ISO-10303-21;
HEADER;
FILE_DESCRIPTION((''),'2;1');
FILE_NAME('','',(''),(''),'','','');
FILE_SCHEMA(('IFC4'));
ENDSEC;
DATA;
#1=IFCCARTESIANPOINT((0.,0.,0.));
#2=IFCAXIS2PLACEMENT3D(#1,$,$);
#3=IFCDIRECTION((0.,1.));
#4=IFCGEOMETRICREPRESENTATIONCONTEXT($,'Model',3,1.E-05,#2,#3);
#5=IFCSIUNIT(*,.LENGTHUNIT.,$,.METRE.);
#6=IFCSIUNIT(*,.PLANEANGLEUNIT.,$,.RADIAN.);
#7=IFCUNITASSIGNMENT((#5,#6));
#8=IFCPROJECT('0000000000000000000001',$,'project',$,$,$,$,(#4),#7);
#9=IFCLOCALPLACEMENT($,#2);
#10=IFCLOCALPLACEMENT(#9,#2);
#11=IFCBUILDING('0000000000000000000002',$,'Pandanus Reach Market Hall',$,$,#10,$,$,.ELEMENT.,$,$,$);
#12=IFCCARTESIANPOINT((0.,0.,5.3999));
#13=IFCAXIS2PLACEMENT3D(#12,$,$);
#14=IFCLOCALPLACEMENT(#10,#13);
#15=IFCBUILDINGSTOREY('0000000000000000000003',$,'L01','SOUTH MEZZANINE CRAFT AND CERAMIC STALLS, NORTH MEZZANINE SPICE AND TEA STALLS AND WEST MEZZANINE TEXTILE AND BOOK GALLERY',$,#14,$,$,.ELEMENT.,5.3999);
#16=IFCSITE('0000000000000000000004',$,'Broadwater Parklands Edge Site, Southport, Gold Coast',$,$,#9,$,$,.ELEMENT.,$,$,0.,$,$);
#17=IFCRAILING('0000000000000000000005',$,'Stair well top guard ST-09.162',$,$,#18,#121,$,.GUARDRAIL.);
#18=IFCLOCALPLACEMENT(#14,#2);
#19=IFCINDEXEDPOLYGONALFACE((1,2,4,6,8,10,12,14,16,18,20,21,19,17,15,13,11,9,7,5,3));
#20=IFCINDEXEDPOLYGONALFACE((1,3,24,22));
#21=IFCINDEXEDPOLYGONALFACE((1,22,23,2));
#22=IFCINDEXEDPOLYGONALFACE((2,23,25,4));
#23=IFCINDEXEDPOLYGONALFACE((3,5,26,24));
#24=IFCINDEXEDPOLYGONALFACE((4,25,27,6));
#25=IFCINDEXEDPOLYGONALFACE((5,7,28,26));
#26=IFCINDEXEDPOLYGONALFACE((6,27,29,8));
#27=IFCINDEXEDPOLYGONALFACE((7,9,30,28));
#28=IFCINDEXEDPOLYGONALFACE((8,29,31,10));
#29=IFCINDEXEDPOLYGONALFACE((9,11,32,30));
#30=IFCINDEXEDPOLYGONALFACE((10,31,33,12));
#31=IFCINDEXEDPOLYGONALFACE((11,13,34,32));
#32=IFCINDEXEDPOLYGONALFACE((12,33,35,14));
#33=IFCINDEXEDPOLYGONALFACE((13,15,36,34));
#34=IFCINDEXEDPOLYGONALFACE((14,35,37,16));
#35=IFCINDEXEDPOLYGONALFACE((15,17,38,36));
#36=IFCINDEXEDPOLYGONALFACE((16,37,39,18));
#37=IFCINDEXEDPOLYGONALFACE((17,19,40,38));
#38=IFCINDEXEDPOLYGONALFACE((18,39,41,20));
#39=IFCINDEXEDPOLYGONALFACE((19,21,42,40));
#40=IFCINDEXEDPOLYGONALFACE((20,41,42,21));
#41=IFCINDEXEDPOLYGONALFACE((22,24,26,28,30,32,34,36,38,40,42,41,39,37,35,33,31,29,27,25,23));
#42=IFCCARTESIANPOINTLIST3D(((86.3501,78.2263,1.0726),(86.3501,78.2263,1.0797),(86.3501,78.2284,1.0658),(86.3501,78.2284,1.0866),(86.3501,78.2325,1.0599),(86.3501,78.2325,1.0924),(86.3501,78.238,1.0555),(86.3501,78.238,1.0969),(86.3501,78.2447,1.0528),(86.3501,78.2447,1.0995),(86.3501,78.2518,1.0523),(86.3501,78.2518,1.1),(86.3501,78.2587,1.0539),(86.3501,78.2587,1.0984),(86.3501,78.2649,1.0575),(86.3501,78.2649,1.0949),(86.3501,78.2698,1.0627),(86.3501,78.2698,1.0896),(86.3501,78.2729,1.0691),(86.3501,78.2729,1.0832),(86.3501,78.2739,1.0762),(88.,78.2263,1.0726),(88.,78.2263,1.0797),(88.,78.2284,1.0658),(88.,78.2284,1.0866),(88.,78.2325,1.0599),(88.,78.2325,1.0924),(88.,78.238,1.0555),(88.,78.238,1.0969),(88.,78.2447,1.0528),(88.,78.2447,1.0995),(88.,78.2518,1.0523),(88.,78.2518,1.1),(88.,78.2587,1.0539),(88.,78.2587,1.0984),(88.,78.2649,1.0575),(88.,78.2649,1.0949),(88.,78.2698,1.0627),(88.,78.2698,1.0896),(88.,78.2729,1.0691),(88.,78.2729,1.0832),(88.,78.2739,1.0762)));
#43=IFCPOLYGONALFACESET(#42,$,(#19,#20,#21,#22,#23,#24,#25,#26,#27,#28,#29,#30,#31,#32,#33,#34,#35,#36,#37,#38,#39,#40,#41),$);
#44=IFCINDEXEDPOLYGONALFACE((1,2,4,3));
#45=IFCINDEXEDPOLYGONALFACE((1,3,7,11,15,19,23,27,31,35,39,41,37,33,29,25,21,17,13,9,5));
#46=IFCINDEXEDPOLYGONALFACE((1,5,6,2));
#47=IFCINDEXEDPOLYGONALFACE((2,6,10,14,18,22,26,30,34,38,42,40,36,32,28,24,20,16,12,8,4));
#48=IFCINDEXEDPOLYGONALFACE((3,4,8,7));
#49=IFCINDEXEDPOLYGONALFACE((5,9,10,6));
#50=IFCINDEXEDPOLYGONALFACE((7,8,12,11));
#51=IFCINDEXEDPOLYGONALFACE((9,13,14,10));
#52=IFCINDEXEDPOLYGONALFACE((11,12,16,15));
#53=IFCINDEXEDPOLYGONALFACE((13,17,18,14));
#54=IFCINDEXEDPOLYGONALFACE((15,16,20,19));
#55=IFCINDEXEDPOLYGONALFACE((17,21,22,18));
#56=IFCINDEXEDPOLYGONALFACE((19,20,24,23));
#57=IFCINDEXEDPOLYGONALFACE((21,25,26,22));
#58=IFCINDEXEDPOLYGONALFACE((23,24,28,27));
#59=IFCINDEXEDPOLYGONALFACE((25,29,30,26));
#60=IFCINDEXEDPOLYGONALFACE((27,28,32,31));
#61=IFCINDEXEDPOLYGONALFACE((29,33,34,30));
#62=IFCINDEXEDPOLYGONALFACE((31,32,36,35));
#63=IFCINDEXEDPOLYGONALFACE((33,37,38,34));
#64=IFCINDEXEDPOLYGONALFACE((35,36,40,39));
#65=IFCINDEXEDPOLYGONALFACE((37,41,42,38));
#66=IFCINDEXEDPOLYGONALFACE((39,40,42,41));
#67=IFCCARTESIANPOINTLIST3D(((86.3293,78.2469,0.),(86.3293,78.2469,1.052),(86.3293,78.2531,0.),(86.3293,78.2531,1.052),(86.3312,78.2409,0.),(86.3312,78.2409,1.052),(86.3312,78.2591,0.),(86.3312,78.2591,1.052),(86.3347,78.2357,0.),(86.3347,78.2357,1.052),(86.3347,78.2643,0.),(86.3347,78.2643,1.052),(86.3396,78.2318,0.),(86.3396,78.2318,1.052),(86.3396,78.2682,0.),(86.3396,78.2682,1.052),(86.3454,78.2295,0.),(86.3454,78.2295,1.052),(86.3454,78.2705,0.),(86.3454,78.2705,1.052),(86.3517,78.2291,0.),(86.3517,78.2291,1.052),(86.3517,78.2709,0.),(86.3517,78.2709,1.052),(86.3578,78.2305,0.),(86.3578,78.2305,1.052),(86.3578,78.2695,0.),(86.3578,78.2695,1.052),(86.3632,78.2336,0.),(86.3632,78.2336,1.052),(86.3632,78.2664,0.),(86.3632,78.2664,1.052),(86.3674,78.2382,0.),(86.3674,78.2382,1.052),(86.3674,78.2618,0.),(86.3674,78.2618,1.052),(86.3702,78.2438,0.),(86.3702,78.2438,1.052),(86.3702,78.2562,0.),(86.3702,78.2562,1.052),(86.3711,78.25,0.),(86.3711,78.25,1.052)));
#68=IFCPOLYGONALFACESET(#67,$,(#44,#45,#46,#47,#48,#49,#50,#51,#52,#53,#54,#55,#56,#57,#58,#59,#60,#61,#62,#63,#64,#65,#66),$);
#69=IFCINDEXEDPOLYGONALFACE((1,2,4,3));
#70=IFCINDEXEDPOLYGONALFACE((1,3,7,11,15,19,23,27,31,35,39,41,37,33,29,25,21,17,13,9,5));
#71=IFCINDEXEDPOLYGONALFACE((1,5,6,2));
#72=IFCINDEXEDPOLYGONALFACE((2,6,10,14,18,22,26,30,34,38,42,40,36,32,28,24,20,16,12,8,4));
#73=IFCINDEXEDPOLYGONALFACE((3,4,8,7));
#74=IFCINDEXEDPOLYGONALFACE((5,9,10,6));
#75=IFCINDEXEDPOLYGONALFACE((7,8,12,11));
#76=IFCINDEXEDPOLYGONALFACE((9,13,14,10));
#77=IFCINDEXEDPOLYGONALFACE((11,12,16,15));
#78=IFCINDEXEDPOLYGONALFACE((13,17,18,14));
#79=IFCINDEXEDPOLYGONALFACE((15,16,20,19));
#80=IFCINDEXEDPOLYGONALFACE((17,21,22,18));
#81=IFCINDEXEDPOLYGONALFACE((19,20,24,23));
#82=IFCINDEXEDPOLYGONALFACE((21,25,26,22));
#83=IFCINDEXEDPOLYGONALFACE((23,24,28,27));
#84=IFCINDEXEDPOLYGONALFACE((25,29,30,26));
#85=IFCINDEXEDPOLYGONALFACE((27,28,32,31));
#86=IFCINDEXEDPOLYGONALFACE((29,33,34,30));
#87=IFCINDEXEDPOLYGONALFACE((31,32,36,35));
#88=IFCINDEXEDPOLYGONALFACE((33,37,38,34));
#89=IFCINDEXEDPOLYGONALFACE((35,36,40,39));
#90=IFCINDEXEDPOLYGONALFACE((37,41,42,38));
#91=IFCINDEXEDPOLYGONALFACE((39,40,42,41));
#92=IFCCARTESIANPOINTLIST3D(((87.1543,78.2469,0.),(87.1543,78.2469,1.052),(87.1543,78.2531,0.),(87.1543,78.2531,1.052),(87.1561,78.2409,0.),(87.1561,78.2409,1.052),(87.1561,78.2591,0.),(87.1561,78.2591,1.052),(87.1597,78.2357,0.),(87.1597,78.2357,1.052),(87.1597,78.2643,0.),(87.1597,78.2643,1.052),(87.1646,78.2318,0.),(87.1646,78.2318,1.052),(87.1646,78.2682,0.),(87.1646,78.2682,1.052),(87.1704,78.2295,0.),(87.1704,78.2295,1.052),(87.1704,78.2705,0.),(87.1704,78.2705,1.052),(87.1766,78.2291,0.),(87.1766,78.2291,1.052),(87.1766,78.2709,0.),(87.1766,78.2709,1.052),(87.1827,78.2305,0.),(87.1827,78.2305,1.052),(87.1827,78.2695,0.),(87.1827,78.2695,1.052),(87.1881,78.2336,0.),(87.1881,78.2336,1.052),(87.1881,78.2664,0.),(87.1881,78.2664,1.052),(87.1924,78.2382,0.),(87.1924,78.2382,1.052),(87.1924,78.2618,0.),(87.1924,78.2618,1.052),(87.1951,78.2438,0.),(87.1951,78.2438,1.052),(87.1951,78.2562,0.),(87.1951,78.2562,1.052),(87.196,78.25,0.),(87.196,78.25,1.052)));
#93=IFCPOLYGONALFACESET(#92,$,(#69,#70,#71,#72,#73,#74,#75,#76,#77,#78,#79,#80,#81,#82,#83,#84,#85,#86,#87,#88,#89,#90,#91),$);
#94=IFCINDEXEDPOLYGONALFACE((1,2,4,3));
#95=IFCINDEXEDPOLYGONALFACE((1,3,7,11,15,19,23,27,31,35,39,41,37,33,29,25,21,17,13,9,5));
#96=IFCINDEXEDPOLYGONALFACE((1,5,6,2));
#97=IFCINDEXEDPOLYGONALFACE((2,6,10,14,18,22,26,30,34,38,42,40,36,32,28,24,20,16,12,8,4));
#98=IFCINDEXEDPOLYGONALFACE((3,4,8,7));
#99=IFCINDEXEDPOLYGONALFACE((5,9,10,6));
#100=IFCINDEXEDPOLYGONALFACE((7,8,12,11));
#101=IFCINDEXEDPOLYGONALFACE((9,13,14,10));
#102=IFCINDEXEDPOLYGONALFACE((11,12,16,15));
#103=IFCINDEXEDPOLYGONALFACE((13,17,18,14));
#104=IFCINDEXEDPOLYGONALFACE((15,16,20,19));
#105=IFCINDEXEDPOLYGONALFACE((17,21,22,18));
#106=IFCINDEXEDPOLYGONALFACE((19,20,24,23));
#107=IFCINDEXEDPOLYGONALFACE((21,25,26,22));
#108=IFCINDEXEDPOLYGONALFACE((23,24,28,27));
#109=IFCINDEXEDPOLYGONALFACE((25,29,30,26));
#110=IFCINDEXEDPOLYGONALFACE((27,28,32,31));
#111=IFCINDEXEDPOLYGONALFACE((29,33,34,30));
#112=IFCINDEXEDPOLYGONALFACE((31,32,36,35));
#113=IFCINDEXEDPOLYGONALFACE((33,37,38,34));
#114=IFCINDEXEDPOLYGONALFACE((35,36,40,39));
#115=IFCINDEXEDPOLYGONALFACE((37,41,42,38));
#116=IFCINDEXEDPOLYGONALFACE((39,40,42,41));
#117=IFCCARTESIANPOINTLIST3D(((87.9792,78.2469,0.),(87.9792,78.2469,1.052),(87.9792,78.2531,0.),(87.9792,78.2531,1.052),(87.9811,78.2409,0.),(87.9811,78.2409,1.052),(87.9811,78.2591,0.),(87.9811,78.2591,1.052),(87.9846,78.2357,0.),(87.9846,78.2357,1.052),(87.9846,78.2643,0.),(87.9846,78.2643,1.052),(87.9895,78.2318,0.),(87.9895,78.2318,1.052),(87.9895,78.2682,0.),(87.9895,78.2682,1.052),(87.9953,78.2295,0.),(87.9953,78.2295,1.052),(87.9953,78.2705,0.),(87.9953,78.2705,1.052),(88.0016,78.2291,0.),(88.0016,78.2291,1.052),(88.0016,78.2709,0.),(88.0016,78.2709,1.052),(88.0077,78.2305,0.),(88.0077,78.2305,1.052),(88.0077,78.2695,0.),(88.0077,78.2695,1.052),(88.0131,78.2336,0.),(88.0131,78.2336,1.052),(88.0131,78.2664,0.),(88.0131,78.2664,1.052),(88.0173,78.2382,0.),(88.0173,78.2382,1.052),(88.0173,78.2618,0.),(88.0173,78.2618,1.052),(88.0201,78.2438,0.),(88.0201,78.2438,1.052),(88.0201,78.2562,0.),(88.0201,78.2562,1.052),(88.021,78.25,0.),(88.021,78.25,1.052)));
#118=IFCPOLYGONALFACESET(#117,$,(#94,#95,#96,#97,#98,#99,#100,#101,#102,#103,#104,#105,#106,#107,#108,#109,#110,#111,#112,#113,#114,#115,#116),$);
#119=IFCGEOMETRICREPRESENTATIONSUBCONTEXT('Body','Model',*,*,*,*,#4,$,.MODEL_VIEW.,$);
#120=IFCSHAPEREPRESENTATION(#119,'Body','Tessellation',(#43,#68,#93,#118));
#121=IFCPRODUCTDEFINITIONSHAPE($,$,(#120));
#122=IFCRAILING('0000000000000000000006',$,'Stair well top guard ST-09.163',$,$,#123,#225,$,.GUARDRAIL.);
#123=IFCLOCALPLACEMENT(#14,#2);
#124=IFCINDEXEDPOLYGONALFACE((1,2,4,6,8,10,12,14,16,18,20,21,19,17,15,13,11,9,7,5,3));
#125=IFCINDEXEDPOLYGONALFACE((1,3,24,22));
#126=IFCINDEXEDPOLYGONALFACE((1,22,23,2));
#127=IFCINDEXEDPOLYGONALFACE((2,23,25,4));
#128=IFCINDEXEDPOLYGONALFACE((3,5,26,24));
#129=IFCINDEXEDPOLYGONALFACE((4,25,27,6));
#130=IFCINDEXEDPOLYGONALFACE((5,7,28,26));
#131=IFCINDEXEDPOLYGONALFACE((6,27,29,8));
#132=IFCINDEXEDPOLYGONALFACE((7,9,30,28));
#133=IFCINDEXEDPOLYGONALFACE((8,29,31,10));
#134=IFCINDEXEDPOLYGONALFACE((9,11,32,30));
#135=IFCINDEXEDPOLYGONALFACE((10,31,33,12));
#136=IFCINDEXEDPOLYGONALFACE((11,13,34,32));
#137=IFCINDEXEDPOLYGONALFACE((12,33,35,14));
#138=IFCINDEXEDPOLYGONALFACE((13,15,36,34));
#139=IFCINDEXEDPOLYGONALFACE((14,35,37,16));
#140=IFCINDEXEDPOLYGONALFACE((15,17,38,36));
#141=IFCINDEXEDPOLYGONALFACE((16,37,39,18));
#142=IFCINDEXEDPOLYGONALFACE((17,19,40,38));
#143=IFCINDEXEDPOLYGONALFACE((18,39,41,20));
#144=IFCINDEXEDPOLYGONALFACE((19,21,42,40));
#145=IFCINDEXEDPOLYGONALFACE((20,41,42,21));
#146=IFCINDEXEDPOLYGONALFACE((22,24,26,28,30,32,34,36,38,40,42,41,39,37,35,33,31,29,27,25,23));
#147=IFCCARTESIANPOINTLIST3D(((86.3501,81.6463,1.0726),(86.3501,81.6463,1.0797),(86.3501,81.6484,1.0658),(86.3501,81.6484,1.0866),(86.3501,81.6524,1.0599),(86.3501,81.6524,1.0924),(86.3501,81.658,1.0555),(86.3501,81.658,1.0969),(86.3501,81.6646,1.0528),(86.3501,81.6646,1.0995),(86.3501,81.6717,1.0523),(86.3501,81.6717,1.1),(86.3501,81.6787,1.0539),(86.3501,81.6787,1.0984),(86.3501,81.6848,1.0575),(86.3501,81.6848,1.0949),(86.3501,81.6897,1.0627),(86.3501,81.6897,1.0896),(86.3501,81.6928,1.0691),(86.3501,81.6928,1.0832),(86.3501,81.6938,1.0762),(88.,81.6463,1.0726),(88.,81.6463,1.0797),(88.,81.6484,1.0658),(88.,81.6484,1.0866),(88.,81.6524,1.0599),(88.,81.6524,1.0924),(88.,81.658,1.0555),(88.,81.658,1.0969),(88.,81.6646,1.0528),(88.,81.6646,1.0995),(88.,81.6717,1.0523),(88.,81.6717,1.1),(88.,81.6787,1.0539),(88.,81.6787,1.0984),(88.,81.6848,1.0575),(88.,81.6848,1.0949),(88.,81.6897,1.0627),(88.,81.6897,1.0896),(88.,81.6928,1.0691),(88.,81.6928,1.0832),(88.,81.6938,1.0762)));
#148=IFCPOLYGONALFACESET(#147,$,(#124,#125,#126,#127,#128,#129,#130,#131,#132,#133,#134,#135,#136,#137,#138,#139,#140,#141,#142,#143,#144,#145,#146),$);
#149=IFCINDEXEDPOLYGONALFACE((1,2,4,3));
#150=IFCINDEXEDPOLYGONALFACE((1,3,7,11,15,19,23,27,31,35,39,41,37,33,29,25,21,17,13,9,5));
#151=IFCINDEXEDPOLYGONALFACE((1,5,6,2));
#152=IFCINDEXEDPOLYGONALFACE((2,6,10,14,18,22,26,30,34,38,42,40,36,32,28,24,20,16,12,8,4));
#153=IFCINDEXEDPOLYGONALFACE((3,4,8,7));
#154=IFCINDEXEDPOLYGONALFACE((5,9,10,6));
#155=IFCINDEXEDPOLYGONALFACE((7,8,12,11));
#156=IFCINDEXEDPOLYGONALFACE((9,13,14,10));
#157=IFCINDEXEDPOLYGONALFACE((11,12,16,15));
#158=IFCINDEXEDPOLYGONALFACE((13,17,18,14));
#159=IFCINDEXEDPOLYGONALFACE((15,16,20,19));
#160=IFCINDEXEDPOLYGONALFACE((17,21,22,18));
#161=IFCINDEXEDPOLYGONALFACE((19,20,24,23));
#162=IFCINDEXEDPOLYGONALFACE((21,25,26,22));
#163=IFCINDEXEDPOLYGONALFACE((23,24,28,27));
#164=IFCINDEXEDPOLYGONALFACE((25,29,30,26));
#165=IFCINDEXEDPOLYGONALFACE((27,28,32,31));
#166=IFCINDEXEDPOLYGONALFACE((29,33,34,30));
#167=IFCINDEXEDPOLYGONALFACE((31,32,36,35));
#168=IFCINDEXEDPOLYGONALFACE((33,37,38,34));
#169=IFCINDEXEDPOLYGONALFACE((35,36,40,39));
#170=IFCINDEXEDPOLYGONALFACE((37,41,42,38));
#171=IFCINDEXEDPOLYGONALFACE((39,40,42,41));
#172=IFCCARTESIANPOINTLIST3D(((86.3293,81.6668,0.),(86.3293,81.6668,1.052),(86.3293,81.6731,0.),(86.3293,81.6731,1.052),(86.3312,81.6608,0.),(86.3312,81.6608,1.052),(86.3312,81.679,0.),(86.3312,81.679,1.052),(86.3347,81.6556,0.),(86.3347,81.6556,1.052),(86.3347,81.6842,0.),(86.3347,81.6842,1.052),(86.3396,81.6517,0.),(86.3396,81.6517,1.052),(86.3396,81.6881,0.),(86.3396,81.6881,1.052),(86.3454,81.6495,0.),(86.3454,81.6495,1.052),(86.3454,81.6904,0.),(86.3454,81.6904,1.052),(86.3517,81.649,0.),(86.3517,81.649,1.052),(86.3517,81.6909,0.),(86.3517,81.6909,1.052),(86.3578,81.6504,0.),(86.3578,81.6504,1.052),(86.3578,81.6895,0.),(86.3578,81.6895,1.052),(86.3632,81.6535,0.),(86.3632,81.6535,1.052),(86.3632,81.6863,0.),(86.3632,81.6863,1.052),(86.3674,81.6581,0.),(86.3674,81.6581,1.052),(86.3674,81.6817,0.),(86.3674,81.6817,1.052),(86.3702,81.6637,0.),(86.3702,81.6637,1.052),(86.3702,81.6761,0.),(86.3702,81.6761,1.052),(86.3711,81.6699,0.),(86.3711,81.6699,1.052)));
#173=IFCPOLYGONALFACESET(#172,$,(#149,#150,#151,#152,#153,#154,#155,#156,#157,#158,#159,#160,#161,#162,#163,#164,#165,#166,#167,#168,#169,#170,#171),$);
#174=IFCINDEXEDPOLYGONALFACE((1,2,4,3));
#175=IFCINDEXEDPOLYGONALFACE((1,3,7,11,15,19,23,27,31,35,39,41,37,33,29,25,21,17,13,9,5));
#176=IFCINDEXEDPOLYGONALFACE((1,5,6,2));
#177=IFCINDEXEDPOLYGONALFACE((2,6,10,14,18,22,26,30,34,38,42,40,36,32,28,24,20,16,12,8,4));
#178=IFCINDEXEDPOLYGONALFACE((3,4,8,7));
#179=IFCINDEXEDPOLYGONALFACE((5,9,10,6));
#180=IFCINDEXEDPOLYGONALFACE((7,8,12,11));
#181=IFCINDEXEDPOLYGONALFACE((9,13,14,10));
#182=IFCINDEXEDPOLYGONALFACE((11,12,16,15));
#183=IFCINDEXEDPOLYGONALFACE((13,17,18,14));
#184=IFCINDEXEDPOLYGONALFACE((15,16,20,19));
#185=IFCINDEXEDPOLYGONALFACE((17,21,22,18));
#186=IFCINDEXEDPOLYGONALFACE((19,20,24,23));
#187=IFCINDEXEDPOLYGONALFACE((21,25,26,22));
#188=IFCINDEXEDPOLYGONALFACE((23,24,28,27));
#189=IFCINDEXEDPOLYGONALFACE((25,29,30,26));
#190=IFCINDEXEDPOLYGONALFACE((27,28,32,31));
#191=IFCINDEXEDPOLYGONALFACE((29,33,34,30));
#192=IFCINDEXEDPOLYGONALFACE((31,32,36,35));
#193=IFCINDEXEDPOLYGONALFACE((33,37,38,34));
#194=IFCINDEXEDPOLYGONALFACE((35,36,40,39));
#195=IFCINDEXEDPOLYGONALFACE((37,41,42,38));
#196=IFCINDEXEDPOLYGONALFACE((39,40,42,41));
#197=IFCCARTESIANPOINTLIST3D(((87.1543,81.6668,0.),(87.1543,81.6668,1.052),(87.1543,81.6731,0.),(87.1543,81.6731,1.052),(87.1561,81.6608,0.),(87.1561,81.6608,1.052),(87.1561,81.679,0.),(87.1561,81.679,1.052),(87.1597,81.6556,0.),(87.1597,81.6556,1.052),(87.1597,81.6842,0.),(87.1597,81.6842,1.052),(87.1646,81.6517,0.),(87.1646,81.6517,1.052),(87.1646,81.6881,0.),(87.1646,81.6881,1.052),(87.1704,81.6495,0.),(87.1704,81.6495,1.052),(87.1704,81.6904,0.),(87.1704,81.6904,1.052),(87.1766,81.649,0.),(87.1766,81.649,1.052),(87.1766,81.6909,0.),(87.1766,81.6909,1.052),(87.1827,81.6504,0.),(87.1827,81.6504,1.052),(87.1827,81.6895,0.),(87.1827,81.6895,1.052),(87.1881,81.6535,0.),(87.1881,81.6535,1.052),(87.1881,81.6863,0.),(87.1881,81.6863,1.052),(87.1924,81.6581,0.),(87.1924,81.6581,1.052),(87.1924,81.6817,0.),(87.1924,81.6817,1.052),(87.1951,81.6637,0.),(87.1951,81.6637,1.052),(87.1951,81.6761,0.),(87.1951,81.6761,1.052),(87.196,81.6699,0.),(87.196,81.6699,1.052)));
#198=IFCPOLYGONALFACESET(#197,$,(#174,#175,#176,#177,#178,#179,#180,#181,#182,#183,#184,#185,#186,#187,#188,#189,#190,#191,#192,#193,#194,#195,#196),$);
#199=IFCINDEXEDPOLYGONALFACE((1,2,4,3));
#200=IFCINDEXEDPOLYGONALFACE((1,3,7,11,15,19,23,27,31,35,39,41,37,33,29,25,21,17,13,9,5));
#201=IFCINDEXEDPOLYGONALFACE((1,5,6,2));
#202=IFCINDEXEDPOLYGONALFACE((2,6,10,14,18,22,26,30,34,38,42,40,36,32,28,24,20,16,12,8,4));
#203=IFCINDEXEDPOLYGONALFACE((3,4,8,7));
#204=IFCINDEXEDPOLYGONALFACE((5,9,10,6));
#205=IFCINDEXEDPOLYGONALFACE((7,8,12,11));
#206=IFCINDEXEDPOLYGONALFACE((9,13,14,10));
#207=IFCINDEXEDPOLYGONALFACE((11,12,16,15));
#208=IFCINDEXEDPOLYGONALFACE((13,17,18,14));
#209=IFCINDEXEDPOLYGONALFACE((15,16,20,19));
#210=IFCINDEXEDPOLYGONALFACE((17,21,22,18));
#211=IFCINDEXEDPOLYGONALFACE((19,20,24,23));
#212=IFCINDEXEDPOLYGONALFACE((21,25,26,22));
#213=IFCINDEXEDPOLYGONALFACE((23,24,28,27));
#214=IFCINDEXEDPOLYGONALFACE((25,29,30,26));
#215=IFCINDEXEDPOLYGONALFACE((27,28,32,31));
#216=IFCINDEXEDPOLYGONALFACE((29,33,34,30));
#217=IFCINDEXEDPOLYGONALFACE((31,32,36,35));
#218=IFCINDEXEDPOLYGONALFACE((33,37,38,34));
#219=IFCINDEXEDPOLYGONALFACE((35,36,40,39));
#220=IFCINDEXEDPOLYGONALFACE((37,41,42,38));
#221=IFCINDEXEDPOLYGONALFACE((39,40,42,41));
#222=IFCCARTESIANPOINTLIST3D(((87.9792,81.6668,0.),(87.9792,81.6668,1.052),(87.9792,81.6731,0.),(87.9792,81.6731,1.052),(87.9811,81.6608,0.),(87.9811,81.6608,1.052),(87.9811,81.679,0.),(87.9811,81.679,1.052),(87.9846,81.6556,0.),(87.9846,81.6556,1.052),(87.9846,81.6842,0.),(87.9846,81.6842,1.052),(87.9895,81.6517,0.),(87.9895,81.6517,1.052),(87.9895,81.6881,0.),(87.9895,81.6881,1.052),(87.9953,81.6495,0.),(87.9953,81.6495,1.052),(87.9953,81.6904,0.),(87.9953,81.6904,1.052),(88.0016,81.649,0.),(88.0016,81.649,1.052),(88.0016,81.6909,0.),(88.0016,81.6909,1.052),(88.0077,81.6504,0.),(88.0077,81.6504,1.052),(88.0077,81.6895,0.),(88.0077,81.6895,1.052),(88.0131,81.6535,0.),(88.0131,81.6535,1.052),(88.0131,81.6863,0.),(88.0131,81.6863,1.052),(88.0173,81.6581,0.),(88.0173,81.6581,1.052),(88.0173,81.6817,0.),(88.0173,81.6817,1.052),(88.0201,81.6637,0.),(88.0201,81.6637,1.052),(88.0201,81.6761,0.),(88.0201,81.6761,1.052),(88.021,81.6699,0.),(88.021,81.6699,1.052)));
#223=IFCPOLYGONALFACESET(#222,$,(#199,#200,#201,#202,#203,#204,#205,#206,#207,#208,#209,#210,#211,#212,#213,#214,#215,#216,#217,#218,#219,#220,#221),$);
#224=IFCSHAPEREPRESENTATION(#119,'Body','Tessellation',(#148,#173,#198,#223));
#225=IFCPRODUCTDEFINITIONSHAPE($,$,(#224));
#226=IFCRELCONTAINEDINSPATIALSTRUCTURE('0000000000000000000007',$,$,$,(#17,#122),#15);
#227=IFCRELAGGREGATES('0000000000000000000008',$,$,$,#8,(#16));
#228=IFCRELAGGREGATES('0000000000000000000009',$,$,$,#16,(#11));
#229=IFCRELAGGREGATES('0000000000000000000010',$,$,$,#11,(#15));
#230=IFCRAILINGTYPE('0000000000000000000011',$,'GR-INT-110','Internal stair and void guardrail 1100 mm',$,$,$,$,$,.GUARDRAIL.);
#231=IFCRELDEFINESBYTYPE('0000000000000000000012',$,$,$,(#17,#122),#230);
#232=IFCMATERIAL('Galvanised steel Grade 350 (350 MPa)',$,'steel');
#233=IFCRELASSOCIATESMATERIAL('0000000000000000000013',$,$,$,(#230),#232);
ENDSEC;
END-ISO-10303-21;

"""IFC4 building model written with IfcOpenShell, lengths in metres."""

from ifc_helpers import new_model, si_unit, direction, frame, origin, origin_2d, place, context, subcontext, project, spatial, circle, extrude, material, type_object, element, save


model = new_model("IFC4")

# Units and contexts
model_context = context("Model", 3, precision=1e-05, world=origin(), true_north=direction((0.0, 1.0)))
body_context = subcontext(model_context, "Body", "Model", "MODEL_VIEW")
ifc_project = project(units=[si_unit("LENGTHUNIT", "METRE"), si_unit("PLANEANGLEUNIT", "RADIAN")], contexts=[model_context])

# Site, building, storey
site_placement = place(None, origin())
site = spatial("IfcSite", under=ifc_project, at=site_placement, Name="Broadwater Parklands Edge Site, Southport, Gold Coast", CompositionType="ELEMENT", RefElevation=0.0)
building_placement = place(site_placement, origin())
building = spatial("IfcBuilding", under=site, at=building_placement, Name="Pandanus Reach Market Hall", CompositionType="ELEMENT")
storey_placement = place(building_placement, frame((0.0, 0.0, 5.3999)))
storey = spatial("IfcBuildingStorey", under=building, at=storey_placement, Name="L01", Description="SOUTH MEZZANINE CRAFT AND CERAMIC STALLS, NORTH MEZZANINE SPICE AND TEA STALLS AND WEST MEZZANINE TEXTILE AND BOOK GALLERY", CompositionType="ELEMENT", Elevation=5.3999)

# Railings
ifc_material_1 = material(Name="Galvanised steel Grade 350 (350 MPa)", Category="steel")
railing_type = type_object("IfcRailingType", Name="GR-INT-110", Description="Internal stair and void guardrail 1100 mm", PredefinedType="GUARDRAIL", material=ifc_material_1)
for number, where, name in (
    (1, (86.3501, 78.25, 0.0), "Stair well top guard ST-09.162"),
    (2, (86.3501, 81.6699, 0.0), "Stair well top guard ST-09.163"),
):
    element("IfcRailing", number, at=place(storey_placement, frame(where)), inside=storey, type_object=railing_type, Name=name, PredefinedType="GUARDRAIL", context=body_context, shape_type="SweptSolid", body=[
        extrude(circle(Radius=0.0239, at=origin_2d()), frame((0.0, 0.0, 1.0762), z_axis=(1.0, 0.0, 0.0), x_axis=(0.0, 1.0, 0.0)), (0.0, 0.0, 1.0), 1.6499),
        extrude(circle(Radius=0.021, at=origin_2d()), origin(), (0.0, 0.0, 1.0), 1.052),
        extrude(circle(Radius=0.021, at=origin_2d()), frame((0.825, 0.0, 0.0)), (0.0, 0.0, 1.0), 1.052),
        extrude(circle(Radius=0.021, at=origin_2d()), frame((1.6499, 0.0, 0.0)), (0.0, 0.0, 1.0), 1.052),
    ])

save(model, "model.ifc")
